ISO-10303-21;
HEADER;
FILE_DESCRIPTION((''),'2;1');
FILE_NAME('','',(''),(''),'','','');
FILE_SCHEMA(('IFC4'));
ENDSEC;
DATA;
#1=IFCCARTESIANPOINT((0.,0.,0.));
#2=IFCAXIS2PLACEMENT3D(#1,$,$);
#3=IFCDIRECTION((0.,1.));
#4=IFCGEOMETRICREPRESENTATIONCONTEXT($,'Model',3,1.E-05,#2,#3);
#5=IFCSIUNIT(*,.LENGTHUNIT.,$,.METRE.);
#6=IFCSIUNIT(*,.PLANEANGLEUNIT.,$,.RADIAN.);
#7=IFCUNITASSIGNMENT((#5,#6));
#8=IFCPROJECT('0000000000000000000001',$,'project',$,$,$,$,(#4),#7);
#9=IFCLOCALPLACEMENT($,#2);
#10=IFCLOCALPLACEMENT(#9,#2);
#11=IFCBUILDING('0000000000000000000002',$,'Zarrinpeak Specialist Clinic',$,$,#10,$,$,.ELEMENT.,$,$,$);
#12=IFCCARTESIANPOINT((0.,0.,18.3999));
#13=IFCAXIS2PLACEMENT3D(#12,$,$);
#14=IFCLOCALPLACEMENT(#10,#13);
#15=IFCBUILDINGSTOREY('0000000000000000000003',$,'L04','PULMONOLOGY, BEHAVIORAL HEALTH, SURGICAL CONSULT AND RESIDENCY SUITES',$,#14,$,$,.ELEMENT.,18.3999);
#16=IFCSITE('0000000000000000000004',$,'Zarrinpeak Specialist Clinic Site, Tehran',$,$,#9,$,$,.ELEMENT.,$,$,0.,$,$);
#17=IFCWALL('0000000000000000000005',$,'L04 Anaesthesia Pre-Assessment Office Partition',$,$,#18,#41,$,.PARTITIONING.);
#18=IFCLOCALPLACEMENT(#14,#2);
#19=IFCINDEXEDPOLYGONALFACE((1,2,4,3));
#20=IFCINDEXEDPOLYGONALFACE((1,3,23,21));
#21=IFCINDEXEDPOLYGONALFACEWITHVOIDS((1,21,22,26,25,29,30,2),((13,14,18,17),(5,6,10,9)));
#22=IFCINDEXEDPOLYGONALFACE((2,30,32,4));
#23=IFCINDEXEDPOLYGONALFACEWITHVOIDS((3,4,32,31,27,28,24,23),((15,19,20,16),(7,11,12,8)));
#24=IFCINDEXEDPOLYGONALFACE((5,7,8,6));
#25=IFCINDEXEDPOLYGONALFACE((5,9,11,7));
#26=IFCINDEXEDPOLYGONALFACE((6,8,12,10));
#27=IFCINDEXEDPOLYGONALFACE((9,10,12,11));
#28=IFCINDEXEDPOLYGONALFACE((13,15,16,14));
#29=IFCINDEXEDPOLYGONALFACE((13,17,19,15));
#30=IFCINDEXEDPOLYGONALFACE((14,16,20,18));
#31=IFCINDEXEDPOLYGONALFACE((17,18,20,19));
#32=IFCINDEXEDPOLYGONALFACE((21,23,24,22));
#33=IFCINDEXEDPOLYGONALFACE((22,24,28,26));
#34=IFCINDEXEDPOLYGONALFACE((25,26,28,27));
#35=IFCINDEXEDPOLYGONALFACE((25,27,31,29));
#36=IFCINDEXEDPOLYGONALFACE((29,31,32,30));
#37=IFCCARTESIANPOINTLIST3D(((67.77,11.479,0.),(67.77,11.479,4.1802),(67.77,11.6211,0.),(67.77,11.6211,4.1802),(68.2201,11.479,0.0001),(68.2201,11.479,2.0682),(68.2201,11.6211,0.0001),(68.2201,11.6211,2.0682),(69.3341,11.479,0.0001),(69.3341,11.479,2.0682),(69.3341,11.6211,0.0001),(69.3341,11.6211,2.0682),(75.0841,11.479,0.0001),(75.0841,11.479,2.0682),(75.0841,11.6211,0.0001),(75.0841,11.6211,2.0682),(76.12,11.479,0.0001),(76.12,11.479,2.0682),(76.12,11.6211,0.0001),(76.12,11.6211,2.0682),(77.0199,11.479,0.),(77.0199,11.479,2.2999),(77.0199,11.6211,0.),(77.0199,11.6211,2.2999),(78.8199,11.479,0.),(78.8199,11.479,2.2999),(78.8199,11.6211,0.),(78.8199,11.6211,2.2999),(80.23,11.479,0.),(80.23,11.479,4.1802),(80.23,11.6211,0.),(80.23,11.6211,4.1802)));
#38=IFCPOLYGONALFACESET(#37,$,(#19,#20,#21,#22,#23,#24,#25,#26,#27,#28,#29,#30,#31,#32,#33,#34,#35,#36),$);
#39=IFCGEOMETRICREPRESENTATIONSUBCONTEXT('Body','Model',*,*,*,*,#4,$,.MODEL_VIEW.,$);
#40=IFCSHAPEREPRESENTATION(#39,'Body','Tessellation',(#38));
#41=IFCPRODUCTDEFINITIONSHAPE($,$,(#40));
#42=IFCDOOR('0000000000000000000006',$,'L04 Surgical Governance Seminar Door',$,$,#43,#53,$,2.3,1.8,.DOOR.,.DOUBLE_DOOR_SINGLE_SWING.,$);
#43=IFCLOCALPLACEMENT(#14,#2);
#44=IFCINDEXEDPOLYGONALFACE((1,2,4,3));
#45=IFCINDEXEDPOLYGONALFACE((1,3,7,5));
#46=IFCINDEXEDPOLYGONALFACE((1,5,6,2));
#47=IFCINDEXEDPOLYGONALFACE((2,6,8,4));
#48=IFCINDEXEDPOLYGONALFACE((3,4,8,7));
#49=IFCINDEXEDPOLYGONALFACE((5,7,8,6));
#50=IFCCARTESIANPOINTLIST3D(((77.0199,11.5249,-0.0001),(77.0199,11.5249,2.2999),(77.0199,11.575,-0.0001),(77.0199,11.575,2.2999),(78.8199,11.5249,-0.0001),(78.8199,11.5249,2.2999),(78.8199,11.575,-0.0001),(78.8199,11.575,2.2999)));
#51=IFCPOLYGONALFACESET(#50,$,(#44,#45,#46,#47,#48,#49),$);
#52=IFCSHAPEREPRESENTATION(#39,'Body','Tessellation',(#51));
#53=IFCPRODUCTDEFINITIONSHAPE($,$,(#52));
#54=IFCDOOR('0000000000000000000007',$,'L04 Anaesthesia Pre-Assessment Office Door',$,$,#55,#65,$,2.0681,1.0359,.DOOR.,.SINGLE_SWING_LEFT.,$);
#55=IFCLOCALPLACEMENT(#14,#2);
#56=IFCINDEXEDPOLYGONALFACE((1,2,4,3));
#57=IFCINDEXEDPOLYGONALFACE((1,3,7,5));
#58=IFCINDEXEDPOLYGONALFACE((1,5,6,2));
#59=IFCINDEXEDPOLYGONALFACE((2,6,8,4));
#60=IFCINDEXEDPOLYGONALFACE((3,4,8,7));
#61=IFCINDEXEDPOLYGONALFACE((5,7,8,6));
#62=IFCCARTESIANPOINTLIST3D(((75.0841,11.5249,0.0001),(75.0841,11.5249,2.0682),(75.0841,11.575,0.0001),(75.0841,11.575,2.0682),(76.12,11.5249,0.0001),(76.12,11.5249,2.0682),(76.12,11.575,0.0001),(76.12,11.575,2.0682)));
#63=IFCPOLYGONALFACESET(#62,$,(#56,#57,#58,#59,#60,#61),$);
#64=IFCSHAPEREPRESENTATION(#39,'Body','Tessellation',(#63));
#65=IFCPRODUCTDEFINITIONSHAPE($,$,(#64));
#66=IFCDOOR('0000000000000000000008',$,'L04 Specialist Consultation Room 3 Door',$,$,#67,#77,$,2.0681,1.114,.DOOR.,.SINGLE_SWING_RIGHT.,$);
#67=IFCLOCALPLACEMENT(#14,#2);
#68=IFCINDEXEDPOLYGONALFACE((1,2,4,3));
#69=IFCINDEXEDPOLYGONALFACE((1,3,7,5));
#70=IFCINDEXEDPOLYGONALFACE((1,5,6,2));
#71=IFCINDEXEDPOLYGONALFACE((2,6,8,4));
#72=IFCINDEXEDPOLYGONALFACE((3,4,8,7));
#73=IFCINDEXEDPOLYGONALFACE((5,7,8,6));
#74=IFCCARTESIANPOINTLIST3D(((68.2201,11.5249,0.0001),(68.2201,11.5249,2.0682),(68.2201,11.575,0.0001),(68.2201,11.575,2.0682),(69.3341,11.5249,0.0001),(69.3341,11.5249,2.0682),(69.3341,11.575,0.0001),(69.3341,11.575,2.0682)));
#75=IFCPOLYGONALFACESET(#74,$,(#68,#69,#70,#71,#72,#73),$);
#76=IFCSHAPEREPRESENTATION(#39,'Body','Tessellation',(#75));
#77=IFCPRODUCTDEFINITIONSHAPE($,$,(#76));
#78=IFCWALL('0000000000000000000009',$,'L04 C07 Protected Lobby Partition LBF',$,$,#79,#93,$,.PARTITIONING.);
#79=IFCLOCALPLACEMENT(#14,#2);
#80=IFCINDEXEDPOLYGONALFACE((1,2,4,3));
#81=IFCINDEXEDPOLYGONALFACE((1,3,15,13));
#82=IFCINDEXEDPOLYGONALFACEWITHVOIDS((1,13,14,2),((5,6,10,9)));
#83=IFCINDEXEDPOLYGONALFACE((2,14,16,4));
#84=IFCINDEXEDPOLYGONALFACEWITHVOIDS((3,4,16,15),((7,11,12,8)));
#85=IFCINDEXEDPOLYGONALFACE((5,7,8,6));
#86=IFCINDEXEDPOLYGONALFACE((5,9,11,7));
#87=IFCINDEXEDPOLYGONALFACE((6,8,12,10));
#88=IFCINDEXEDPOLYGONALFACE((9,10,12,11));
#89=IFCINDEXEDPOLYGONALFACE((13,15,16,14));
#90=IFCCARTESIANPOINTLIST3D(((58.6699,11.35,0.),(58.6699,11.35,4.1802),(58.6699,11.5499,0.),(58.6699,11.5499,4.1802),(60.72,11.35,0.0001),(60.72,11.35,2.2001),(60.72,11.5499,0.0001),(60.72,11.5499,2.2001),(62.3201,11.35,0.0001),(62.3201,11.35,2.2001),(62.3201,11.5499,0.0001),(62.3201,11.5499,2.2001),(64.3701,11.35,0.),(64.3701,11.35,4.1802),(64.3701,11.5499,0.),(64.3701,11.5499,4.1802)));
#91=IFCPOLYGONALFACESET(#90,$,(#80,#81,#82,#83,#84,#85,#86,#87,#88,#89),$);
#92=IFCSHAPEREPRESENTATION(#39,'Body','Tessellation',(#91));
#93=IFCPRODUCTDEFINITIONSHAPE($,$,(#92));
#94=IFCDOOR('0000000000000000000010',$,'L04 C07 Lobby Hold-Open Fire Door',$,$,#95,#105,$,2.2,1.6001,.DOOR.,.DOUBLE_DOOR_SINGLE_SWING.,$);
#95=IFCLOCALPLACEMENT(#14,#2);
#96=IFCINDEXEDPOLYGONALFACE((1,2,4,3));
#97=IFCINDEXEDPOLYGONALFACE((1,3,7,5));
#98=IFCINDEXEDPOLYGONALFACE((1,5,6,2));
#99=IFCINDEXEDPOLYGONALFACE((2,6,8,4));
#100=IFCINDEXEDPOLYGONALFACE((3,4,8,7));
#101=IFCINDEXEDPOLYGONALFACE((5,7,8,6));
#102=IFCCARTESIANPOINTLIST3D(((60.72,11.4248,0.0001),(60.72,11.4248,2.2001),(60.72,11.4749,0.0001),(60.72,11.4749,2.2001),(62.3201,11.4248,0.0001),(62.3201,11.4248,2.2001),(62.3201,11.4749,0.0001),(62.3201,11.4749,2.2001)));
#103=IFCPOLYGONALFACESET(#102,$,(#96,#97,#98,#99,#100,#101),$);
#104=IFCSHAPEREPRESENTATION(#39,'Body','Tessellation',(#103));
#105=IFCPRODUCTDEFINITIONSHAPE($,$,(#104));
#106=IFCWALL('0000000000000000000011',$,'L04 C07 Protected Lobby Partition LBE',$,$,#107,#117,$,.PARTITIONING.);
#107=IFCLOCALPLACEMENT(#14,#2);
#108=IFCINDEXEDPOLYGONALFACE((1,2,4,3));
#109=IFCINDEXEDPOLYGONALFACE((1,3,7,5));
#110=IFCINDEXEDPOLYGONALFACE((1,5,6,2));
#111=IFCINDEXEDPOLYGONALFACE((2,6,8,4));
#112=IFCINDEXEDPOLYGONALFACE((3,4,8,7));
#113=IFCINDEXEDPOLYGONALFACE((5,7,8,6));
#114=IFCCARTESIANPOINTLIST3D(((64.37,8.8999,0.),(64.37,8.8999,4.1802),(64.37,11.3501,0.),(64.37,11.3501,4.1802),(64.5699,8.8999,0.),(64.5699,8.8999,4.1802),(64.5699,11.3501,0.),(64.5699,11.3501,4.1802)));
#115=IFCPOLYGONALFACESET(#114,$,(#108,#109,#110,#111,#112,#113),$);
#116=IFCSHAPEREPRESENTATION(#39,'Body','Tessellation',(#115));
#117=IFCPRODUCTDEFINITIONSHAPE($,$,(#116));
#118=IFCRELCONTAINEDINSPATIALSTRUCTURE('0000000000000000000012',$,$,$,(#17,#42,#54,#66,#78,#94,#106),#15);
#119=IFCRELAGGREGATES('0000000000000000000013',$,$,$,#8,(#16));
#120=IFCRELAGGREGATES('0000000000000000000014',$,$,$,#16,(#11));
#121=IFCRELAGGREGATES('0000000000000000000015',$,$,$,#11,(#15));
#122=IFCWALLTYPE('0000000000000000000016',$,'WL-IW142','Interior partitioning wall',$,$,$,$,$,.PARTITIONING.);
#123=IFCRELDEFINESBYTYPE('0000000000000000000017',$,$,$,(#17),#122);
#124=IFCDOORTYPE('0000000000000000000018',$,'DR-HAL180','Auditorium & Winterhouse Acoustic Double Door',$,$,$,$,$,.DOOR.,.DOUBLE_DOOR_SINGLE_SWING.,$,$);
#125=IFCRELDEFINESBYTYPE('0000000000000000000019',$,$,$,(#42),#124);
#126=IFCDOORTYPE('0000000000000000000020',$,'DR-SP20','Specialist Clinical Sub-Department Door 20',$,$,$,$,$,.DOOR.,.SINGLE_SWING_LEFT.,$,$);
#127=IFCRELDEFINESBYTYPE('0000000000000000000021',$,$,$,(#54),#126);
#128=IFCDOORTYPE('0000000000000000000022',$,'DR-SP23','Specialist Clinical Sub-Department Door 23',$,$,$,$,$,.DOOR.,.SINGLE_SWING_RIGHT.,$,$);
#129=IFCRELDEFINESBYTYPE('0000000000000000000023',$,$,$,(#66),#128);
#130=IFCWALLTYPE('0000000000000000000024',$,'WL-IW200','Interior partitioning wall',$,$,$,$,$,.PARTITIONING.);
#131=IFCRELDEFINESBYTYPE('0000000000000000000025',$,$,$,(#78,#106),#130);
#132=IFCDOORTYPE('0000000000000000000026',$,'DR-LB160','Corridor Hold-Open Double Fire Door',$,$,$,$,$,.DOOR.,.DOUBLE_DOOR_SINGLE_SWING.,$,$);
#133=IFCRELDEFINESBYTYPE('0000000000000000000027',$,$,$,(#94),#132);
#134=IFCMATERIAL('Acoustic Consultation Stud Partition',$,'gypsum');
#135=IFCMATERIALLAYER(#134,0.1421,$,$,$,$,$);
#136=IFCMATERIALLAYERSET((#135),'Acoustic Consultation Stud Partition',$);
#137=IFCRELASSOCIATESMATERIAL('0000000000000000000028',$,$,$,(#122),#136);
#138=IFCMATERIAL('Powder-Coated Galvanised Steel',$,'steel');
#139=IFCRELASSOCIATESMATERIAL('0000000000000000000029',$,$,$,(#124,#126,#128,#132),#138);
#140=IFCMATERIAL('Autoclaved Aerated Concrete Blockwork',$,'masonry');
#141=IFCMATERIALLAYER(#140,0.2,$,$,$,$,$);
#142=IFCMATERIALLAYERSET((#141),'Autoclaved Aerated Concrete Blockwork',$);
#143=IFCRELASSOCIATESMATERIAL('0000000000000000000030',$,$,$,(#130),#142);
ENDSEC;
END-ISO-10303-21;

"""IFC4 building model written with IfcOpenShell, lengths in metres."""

from ifc_helpers import new_model, si_unit, direction, frame, frame_2d, origin, place, context, subcontext, project, spatial, rectangle, extrude, material, layer, layer_set, type_object, element, fill, save


model = new_model("IFC4")

# Units and contexts
model_context = context("Model", 3, precision=1e-05, world=origin(), true_north=direction((0.0, 1.0)))
body_context = subcontext(model_context, "Body", "Model", "MODEL_VIEW")
ifc_project = project(units=[si_unit("LENGTHUNIT", "METRE"), si_unit("PLANEANGLEUNIT", "RADIAN")], contexts=[model_context])

# Site, building, storey
site_placement = place(None, origin())
site = spatial("IfcSite", under=ifc_project, at=site_placement, Name="Zarrinpeak Specialist Clinic Site, Tehran", CompositionType="ELEMENT", RefElevation=0.0)
building_placement = place(site_placement, origin())
building = spatial("IfcBuilding", under=site, at=building_placement, Name="Zarrinpeak Specialist Clinic", CompositionType="ELEMENT")
storey_placement = place(building_placement, frame((0.0, 0.0, 18.3999)))
storey = spatial("IfcBuildingStorey", under=building, at=storey_placement, Name="L04", Description="PULMONOLOGY, BEHAVIORAL HEALTH, SURGICAL CONSULT AND RESIDENCY SUITES", CompositionType="ELEMENT", Elevation=18.3999)

# Shared definitions
ifc_material_1 = material(Name="Powder-Coated Galvanised Steel", Category="steel")

# Wall, openings, doors
ifc_material_2 = material(Name="Acoustic Consultation Stud Partition", Category="gypsum")
ifc_layer_1 = layer(ifc_material_2, 0.1421)
ifc_layer_set_1 = layer_set([ifc_layer_1], Name="Acoustic Consultation Stud Partition")
wall_type_1 = type_object("IfcWallType", Name="WL-IW142", Description="Interior partitioning wall", PredefinedType="PARTITIONING", material=ifc_layer_set_1)
wall_1_placement = place(storey_placement, frame((67.77, 11.55, 0.0), z_axis=(0.0, 0.0, 1.0), x_axis=(1.0, 0.0, 0.0)))
wall_1 = element("IfcWall", 1, at=wall_1_placement, inside=storey, type_object=wall_type_1, Name="L04 Anaesthesia Pre-Assessment Office Partition", PredefinedType="PARTITIONING", context=body_context, shape_type="SweptSolid", body=[
    extrude(rectangle(XDim=12.46, YDim=0.1421, at=frame_2d((6.23, 0.0))), origin(), (0.0, 0.0, 1.0), 4.1802),
])
opening_1_placement = place(wall_1_placement, frame((7.314, 0.0, 0.0)))
opening_1 = element("IfcOpeningElement", 2, at=opening_1_placement, cuts=wall_1, PredefinedType="OPENING", context=body_context, shape_type="SweptSolid", body=[
    extrude(rectangle(XDim=1.0359, YDim=2.0681, at=frame_2d((0.5181, 1.0342))), frame((0.0, 0.0811, 0.0), z_axis=(0.0, -1.0, 0.0), x_axis=(1.0, 0.0, 0.0)), (0.0, 0.0, 1.0), 0.1621),
])
opening_2_placement = place(wall_1_placement, frame((9.25, 0.0, 0.0)))
opening_2 = element("IfcOpeningElement", 3, at=opening_2_placement, cuts=wall_1, PredefinedType="OPENING", context=body_context, shape_type="SweptSolid", body=[
    extrude(rectangle(XDim=1.8, YDim=2.3, at=frame_2d((0.8999, 1.1499))), frame((0.0, 0.0811, 0.0), z_axis=(0.0, -1.0, 0.0), x_axis=(1.0, 0.0, 0.0)), (0.0, 0.0, 1.0), 0.1621),
])
opening_3_placement = place(wall_1_placement, frame((0.45, 0.0, 0.0)))
opening_3 = element("IfcOpeningElement", 4, at=opening_3_placement, cuts=wall_1, PredefinedType="OPENING", context=body_context, shape_type="SweptSolid", body=[
    extrude(rectangle(XDim=1.114, YDim=2.0681, at=frame_2d((0.5571, 1.0342))), frame((0.0, 0.0811, 0.0), z_axis=(0.0, -1.0, 0.0), x_axis=(1.0, 0.0, 0.0)), (0.0, 0.0, 1.0), 0.1621),
])
door_type_1 = type_object("IfcDoorType", Name="DR-HAL180", Description="Auditorium & Winterhouse Acoustic Double Door", OperationType="DOUBLE_DOOR_SINGLE_SWING", PredefinedType="DOOR", material=ifc_material_1)
door_1_placement = place(opening_2_placement, origin())
door_1 = element("IfcDoor", 5, at=door_1_placement, inside=storey, type_object=door_type_1, Name="L04 Surgical Governance Seminar Door", OperationType="DOUBLE_DOOR_SINGLE_SWING", OverallHeight=2.3, OverallWidth=1.8, PredefinedType="DOOR", context=body_context, shape_type="SweptSolid", body=[
    extrude(rectangle(XDim=1.8, YDim=2.3, at=frame_2d((0.8999, 1.1499))), frame((0.0, 0.0249, 0.0), z_axis=(0.0, -1.0, 0.0), x_axis=(1.0, 0.0, 0.0)), (0.0, 0.0, 1.0), 0.05),
])
fill(opening_2, door_1)
door_type_2 = type_object("IfcDoorType", Name="DR-SP20", Description="Specialist Clinical Sub-Department Door 20", OperationType="SINGLE_SWING_LEFT", PredefinedType="DOOR", material=ifc_material_1)
door_2_placement = place(opening_1_placement, origin())
door_2 = element("IfcDoor", 6, at=door_2_placement, inside=storey, type_object=door_type_2, Name="L04 Anaesthesia Pre-Assessment Office Door", OperationType="SINGLE_SWING_LEFT", OverallHeight=2.0681, OverallWidth=1.0359, PredefinedType="DOOR", context=body_context, shape_type="SweptSolid", body=[
    extrude(rectangle(XDim=1.0359, YDim=2.0681, at=frame_2d((0.5181, 1.0342))), frame((0.0, 0.0249, 0.0), z_axis=(0.0, -1.0, 0.0), x_axis=(1.0, 0.0, 0.0)), (0.0, 0.0, 1.0), 0.05),
])
fill(opening_1, door_2)
door_type_3 = type_object("IfcDoorType", Name="DR-SP23", Description="Specialist Clinical Sub-Department Door 23", OperationType="SINGLE_SWING_RIGHT", PredefinedType="DOOR", material=ifc_material_1)
door_3_placement = place(opening_3_placement, origin())
door_3 = element("IfcDoor", 7, at=door_3_placement, inside=storey, type_object=door_type_3, Name="L04 Specialist Consultation Room 3 Door", OperationType="SINGLE_SWING_RIGHT", OverallHeight=2.0681, OverallWidth=1.114, PredefinedType="DOOR", context=body_context, shape_type="SweptSolid", body=[
    extrude(rectangle(XDim=1.114, YDim=2.0681, at=frame_2d((0.5571, 1.0342))), frame((0.0, 0.0249, 0.0), z_axis=(0.0, -1.0, 0.0), x_axis=(1.0, 0.0, 0.0)), (0.0, 0.0, 1.0), 0.05),
])
fill(opening_3, door_3)

# Wall, opening, door
ifc_material_3 = material(Name="Autoclaved Aerated Concrete Blockwork", Category="masonry")
ifc_layer_2 = layer(ifc_material_3, 0.2)
ifc_layer_set_2 = layer_set([ifc_layer_2], Name="Autoclaved Aerated Concrete Blockwork")
wall_type_2 = type_object("IfcWallType", Name="WL-IW200", Description="Interior partitioning wall", PredefinedType="PARTITIONING", material=ifc_layer_set_2)
wall_2_placement = place(storey_placement, frame((58.6699, 11.45, 0.0), z_axis=(0.0, 0.0, 1.0), x_axis=(1.0, 0.0, 0.0)))
wall_2 = element("IfcWall", 8, at=wall_2_placement, inside=storey, type_object=wall_type_2, Name="L04 C07 Protected Lobby Partition LBF", PredefinedType="PARTITIONING", context=body_context, shape_type="SweptSolid", body=[
    extrude(rectangle(XDim=5.7002, YDim=0.2, at=frame_2d((2.8501, 0.0))), origin(), (0.0, 0.0, 1.0), 4.1802),
])
opening_4_placement = place(wall_2_placement, frame((2.05, 0.0, 0.0)))
opening_4 = element("IfcOpeningElement", 9, at=opening_4_placement, cuts=wall_2, PredefinedType="OPENING", context=body_context, shape_type="SweptSolid", body=[
    extrude(rectangle(XDim=1.6001, YDim=2.2, at=frame_2d((0.8, 1.1001))), frame((0.0, 0.1099, 0.0), z_axis=(0.0, -1.0, 0.0), x_axis=(1.0, 0.0, 0.0)), (0.0, 0.0, 1.0), 0.22),
])
door_type_4 = type_object("IfcDoorType", Name="DR-LB160", Description="Corridor Hold-Open Double Fire Door", OperationType="DOUBLE_DOOR_SINGLE_SWING", PredefinedType="DOOR", material=ifc_material_1)
door_4_placement = place(opening_4_placement, origin())
door_4 = element("IfcDoor", 10, at=door_4_placement, inside=storey, type_object=door_type_4, Name="L04 C07 Lobby Hold-Open Fire Door", OperationType="DOUBLE_DOOR_SINGLE_SWING", OverallHeight=2.2, OverallWidth=1.6001, PredefinedType="DOOR", context=body_context, shape_type="SweptSolid", body=[
    extrude(rectangle(XDim=1.6001, YDim=2.2, at=frame_2d((0.8, 1.1001))), frame((0.0, 0.0249, 0.0), z_axis=(0.0, -1.0, 0.0), x_axis=(1.0, 0.0, 0.0)), (0.0, 0.0, 1.0), 0.05),
])
fill(opening_4, door_4)

# Wall
wall_3_placement = place(storey_placement, frame((64.47, 8.8999, 0.0), z_axis=(0.0, 0.0, 1.0), x_axis=(0.0, 1.0, 0.0)))
element("IfcWall", 11, at=wall_3_placement, inside=storey, type_object=wall_type_2, Name="L04 C07 Protected Lobby Partition LBE", PredefinedType="PARTITIONING", context=body_context, shape_type="SweptSolid", body=[
    extrude(rectangle(XDim=2.4502, YDim=0.2, at=frame_2d((1.2251, 0.0))), origin(), (0.0, 0.0, 1.0), 4.1802),
])

save(model, "model.ifc")
